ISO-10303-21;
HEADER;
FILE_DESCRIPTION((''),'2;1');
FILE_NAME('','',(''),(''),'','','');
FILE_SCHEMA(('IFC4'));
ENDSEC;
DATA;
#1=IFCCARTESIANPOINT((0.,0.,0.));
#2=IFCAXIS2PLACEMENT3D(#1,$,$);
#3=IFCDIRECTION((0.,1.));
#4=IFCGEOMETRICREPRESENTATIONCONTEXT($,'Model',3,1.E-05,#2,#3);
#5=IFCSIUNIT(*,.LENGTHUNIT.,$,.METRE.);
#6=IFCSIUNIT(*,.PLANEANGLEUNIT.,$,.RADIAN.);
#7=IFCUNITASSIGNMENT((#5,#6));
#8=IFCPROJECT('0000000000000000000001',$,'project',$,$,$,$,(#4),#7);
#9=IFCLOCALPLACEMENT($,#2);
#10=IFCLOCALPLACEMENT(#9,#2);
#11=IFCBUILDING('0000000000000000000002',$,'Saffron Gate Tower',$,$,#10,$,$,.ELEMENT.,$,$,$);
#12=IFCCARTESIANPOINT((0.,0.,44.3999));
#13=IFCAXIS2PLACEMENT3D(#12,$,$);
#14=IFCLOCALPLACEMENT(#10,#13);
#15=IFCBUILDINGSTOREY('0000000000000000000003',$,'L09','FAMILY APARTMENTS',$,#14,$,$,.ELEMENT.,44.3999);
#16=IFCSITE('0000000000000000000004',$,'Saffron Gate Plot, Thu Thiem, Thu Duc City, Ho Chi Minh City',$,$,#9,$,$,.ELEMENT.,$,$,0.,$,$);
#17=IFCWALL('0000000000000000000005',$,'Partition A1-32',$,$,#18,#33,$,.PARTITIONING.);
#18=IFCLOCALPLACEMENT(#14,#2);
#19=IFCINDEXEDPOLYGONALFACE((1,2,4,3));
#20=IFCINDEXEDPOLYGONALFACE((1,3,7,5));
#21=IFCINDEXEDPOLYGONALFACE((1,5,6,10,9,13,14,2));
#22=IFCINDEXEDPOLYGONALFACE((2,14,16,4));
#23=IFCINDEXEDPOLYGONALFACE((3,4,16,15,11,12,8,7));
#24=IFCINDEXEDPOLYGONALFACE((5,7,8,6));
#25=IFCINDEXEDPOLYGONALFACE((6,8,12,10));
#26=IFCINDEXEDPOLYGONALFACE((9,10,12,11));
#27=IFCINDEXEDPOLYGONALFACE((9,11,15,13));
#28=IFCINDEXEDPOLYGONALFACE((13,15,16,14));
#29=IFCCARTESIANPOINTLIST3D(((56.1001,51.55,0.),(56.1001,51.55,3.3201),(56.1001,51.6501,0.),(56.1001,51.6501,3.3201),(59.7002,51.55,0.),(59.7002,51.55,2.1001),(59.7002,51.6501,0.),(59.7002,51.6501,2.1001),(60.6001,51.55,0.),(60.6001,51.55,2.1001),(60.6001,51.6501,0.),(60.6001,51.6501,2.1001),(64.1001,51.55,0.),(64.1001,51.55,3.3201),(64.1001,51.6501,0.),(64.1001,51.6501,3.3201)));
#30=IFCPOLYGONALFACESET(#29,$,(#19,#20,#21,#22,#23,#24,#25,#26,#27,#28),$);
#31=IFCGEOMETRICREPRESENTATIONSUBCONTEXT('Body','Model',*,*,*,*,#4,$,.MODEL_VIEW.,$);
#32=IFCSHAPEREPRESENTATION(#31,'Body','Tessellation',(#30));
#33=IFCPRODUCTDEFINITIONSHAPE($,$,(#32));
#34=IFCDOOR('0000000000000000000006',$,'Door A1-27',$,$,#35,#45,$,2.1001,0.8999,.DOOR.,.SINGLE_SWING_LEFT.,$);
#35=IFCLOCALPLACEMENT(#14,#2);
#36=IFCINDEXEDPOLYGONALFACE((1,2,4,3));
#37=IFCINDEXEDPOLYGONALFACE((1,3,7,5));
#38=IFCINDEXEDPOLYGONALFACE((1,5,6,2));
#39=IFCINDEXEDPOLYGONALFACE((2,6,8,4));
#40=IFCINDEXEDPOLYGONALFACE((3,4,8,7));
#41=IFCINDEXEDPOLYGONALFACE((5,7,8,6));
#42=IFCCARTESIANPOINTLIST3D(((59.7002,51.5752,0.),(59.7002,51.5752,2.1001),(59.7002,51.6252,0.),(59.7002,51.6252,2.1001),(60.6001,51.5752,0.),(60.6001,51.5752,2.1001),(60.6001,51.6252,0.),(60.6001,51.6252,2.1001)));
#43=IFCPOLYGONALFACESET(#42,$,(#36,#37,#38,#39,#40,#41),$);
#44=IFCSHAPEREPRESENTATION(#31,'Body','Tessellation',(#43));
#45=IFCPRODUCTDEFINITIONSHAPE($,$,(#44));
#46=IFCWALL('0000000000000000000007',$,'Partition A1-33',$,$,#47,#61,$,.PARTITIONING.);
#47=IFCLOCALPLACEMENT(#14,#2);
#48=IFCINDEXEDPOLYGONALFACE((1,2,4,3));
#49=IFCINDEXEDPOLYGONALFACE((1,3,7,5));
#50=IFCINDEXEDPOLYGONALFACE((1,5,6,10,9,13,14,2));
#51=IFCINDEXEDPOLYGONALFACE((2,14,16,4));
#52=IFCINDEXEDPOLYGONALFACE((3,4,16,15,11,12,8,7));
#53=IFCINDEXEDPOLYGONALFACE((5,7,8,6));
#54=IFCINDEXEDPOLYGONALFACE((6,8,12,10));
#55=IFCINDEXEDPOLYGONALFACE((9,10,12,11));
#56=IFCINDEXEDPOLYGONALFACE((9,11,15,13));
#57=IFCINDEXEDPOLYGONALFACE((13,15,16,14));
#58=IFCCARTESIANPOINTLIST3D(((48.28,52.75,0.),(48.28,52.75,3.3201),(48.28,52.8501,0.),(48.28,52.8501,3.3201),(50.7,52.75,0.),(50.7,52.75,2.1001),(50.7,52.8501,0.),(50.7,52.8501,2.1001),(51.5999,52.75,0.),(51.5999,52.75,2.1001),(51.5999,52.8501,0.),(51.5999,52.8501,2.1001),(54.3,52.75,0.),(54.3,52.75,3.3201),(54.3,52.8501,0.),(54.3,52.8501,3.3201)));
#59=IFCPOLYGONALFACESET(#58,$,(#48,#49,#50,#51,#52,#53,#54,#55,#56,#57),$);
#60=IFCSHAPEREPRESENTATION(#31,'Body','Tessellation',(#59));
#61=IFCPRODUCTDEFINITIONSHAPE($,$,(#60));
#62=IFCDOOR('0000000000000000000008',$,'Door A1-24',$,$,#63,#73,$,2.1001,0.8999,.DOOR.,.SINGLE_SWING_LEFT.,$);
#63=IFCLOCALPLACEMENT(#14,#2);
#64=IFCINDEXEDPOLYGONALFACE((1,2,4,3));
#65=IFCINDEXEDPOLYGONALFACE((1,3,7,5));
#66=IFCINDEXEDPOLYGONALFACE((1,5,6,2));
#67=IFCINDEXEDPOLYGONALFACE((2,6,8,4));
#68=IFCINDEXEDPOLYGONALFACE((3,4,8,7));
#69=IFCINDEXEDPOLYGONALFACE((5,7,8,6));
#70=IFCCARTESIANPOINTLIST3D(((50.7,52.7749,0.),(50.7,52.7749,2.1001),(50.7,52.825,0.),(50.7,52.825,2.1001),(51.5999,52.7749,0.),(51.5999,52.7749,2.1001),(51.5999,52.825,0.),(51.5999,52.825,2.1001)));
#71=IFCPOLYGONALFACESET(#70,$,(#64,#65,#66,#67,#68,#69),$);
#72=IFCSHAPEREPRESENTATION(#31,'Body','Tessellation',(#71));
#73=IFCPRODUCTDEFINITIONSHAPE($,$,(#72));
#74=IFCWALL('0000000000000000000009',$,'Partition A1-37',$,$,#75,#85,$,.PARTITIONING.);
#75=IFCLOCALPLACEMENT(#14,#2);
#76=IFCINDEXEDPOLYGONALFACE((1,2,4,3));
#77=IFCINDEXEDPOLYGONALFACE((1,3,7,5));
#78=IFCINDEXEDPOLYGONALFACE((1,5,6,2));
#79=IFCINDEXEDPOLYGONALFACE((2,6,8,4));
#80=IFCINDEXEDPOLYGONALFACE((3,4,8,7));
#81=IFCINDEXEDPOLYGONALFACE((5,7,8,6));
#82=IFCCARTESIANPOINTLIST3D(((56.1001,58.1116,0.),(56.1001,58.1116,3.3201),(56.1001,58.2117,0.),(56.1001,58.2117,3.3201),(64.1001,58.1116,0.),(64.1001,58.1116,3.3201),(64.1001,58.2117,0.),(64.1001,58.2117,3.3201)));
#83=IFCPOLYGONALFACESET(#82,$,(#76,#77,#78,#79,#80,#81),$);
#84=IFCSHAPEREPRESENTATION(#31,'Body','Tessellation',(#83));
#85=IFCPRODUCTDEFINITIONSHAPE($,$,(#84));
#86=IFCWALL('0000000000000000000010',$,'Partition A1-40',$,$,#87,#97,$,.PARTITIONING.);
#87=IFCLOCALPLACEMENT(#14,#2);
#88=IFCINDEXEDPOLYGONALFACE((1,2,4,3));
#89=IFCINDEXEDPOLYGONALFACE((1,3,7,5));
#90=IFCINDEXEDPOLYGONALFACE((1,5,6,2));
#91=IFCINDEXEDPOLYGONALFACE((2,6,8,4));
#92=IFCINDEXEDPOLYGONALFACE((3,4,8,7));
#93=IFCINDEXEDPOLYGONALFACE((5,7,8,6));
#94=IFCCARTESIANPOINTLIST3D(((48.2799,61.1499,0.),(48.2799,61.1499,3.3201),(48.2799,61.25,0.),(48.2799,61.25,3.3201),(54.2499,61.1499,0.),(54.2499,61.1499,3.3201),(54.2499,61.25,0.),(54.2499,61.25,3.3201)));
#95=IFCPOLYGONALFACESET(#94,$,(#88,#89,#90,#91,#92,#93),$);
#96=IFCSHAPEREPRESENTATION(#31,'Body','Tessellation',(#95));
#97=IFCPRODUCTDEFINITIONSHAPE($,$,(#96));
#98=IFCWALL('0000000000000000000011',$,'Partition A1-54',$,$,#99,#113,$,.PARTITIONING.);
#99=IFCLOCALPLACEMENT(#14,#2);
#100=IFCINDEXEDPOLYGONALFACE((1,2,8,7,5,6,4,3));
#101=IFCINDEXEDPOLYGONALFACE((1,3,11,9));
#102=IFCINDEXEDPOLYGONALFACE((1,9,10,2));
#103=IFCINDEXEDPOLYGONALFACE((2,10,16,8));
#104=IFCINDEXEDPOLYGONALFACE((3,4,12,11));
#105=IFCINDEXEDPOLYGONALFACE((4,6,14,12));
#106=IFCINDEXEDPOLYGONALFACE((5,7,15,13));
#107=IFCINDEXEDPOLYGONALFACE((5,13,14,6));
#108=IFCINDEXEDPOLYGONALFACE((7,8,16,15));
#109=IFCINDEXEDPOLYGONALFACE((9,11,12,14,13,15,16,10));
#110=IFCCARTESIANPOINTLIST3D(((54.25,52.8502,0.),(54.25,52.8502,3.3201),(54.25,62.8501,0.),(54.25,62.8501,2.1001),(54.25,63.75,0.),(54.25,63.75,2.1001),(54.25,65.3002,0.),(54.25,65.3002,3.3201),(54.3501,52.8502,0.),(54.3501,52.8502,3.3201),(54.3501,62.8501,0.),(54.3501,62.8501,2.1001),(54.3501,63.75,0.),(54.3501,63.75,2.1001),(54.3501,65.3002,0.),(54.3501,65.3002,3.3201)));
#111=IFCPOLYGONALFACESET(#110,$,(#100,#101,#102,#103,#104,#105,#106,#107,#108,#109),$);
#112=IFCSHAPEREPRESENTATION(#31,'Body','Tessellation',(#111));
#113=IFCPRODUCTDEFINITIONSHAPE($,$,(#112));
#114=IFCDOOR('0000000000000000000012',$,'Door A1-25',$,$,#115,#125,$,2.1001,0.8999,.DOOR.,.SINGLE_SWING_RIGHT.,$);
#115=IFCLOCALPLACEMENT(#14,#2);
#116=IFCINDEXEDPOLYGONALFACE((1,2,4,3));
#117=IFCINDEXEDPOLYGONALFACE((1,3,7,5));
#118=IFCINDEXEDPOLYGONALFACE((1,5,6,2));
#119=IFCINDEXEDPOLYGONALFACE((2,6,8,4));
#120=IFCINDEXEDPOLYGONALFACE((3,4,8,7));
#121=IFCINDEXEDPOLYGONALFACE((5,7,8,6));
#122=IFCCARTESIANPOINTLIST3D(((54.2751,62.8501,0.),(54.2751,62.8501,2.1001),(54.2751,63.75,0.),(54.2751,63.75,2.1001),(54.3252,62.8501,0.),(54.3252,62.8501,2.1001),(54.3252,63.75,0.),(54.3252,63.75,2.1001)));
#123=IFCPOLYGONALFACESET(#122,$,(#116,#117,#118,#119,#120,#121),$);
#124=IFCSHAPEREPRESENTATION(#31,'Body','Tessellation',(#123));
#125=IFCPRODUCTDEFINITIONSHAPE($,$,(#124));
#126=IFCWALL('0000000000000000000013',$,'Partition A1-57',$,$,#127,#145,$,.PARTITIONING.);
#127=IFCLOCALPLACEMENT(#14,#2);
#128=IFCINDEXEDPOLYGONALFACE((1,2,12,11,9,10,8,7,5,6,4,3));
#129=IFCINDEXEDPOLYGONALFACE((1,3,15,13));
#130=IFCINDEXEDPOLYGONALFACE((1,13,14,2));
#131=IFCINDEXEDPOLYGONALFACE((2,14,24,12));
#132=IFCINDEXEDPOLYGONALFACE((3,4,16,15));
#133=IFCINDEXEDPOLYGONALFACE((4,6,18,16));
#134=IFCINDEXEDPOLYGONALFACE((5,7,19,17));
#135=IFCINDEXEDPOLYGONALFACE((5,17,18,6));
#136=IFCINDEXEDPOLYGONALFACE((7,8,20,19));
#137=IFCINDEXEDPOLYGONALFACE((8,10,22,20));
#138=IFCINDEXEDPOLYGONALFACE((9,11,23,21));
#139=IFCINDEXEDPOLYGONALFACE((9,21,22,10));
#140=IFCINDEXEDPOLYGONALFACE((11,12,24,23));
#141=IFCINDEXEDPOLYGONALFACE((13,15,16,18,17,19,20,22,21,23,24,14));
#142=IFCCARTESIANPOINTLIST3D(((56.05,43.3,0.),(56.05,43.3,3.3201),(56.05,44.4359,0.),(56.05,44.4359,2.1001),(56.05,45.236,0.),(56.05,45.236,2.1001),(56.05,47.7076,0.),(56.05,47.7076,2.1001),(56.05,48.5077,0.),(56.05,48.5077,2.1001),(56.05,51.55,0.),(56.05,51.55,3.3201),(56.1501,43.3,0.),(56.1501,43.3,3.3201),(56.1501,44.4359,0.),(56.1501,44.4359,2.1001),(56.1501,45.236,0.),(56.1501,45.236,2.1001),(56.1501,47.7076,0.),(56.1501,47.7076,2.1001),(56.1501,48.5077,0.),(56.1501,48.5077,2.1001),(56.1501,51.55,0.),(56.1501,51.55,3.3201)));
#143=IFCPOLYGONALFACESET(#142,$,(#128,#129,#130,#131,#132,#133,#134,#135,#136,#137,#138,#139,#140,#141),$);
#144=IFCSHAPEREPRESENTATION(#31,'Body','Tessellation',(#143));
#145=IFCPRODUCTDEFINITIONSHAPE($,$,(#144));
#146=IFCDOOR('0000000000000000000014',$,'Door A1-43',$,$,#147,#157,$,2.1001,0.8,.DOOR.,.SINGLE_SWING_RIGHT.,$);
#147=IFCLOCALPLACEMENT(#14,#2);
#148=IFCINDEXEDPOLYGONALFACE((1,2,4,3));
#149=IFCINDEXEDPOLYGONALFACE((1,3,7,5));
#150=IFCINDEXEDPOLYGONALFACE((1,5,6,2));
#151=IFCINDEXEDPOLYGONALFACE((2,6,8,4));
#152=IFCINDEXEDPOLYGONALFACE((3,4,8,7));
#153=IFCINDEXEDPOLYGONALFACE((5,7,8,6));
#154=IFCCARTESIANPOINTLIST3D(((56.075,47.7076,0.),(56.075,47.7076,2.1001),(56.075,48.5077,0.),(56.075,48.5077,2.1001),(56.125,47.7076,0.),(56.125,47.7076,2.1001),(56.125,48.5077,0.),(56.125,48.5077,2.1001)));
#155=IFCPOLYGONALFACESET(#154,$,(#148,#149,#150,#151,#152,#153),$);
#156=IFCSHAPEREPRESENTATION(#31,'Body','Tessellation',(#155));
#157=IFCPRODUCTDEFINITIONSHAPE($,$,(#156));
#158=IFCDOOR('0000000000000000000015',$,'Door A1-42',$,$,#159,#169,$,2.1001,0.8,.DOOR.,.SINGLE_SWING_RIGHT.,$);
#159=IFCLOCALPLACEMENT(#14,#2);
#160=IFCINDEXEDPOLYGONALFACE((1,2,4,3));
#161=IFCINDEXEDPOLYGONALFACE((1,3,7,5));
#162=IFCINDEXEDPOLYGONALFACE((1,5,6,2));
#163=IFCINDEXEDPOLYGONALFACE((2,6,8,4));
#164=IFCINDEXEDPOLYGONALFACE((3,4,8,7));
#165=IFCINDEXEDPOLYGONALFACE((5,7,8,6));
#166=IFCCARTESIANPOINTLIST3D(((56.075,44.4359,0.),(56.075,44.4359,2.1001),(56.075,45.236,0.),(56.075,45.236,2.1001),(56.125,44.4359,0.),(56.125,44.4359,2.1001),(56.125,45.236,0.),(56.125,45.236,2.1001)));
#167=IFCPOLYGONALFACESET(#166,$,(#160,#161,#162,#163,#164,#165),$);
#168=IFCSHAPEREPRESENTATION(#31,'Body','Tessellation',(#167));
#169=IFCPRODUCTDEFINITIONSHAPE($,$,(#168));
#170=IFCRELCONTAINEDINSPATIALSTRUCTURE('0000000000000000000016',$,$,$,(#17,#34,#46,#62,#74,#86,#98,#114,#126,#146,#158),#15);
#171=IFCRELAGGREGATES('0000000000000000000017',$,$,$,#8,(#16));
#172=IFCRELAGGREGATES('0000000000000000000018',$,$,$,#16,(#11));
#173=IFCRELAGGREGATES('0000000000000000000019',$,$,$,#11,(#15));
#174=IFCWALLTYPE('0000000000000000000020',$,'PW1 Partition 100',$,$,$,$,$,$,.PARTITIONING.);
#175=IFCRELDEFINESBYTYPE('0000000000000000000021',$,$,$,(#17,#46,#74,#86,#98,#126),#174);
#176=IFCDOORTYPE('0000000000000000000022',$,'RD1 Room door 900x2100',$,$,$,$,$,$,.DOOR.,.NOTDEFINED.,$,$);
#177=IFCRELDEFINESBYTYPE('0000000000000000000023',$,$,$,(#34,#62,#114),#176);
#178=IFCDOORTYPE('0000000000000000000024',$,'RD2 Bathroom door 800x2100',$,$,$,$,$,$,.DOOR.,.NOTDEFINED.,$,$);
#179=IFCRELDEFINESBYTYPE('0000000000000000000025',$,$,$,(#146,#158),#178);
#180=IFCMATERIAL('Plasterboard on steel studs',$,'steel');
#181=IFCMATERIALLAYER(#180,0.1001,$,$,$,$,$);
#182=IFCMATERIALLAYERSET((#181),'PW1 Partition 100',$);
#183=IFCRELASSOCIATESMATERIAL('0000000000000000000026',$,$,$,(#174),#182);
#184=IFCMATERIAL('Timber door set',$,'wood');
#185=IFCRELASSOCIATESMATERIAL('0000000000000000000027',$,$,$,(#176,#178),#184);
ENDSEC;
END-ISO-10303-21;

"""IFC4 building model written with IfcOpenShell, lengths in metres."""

from ifc_helpers import new_model, si_unit, direction, frame, frame_2d, origin, place, context, subcontext, project, spatial, rectangle, extrude, material, layer, layer_set, type_object, element, fill, save


model = new_model("IFC4")

# Units and contexts
model_context = context("Model", 3, precision=1e-05, world=origin(), true_north=direction((0.0, 1.0)))
body_context = subcontext(model_context, "Body", "Model", "MODEL_VIEW")
ifc_project = project(units=[si_unit("LENGTHUNIT", "METRE"), si_unit("PLANEANGLEUNIT", "RADIAN")], contexts=[model_context])

# Site, building, storey
site_placement = place(None, origin())
site = spatial("IfcSite", under=ifc_project, at=site_placement, Name="Saffron Gate Plot, Thu Thiem, Thu Duc City, Ho Chi Minh City", CompositionType="ELEMENT", RefElevation=0.0)
building_placement = place(site_placement, origin())
building = spatial("IfcBuilding", under=site, at=building_placement, Name="Saffron Gate Tower", CompositionType="ELEMENT")
storey_placement = place(building_placement, frame((0.0, 0.0, 44.3999)))
storey = spatial("IfcBuildingStorey", under=building, at=storey_placement, Name="L09", Description="FAMILY APARTMENTS", CompositionType="ELEMENT", Elevation=44.3999)

# Shared definitions
ifc_material_1 = material(Name="Plasterboard on steel studs", Category="steel")
ifc_layer = layer(ifc_material_1, 0.1001)
ifc_layer_set = layer_set([ifc_layer], Name="PW1 Partition 100")
wall_type = type_object("IfcWallType", Name="PW1 Partition 100", PredefinedType="PARTITIONING", material=ifc_layer_set)

# Walls, openings, doors
wall_1_placement = place(storey_placement, frame((64.1001, 51.6001, 0.0), z_axis=(0.0, 0.0, 1.0), x_axis=(-1.0, 0.0, 0.0)))
wall_1 = element("IfcWall", 1, at=wall_1_placement, inside=storey, type_object=wall_type, Name="Partition A1-32", PredefinedType="PARTITIONING", context=body_context, shape_type="SweptSolid", body=[
    extrude(rectangle(XDim=8.0, YDim=0.1001, at=frame_2d((4.0, 0.0))), origin(), (0.0, 0.0, 1.0), 3.3201),
])
opening_1_placement = place(wall_1_placement, frame((3.5, 0.0, 0.0)))
opening_1 = element("IfcOpeningElement", 2, at=opening_1_placement, cuts=wall_1, PredefinedType="OPENING", context=body_context, shape_type="SweptSolid", body=[
    extrude(rectangle(XDim=0.8999, YDim=2.1001, at=frame_2d((0.45, 1.05))), frame((0.0, 0.0601, 0.0), z_axis=(0.0, -1.0, 0.0), x_axis=(1.0, 0.0, 0.0)), (0.0, 0.0, 1.0), 0.1201),
])
ifc_material_2 = material(Name="Timber door set", Category="wood")
door_type_1 = type_object("IfcDoorType", Name="RD1 Room door 900x2100", OperationType="NOTDEFINED", PredefinedType="DOOR", material=ifc_material_2)
door_1_placement = place(opening_1_placement, origin())
door_1 = element("IfcDoor", 3, at=door_1_placement, inside=storey, type_object=door_type_1, Name="Door A1-27", OperationType="SINGLE_SWING_LEFT", OverallHeight=2.1001, OverallWidth=0.8999, PredefinedType="DOOR", context=body_context, shape_type="SweptSolid", body=[
    extrude(rectangle(XDim=0.8999, YDim=2.1001, at=frame_2d((0.45, 1.05))), frame((0.0, 0.0249, 0.0), z_axis=(0.0, -1.0, 0.0), x_axis=(1.0, 0.0, 0.0)), (0.0, 0.0, 1.0), 0.05),
])
fill(opening_1, door_1)
wall_2_placement = place(storey_placement, frame((48.28, 52.8, 0.0), z_axis=(0.0, 0.0, 1.0), x_axis=(1.0, 0.0, 0.0)))
wall_2 = element("IfcWall", 4, at=wall_2_placement, inside=storey, type_object=wall_type, Name="Partition A1-33", PredefinedType="PARTITIONING", context=body_context, shape_type="SweptSolid", body=[
    extrude(rectangle(XDim=6.02, YDim=0.1001, at=frame_2d((3.01, 0.0))), origin(), (0.0, 0.0, 1.0), 3.3201),
])
opening_2_placement = place(wall_2_placement, frame((2.4199, 0.0, 0.0)))
opening_2 = element("IfcOpeningElement", 5, at=opening_2_placement, cuts=wall_2, PredefinedType="OPENING", context=body_context, shape_type="SweptSolid", body=[
    extrude(rectangle(XDim=0.8999, YDim=2.1001, at=frame_2d((0.45, 1.05))), frame((0.0, 0.0601, 0.0), z_axis=(0.0, -1.0, 0.0), x_axis=(1.0, 0.0, 0.0)), (0.0, 0.0, 1.0), 0.1201),
])
door_2_placement = place(opening_2_placement, origin())
door_2 = element("IfcDoor", 6, at=door_2_placement, inside=storey, type_object=door_type_1, Name="Door A1-24", OperationType="SINGLE_SWING_LEFT", OverallHeight=2.1001, OverallWidth=0.8999, PredefinedType="DOOR", context=body_context, shape_type="SweptSolid", body=[
    extrude(rectangle(XDim=0.8999, YDim=2.1001, at=frame_2d((0.45, 1.05))), frame((0.0, 0.0249, 0.0), z_axis=(0.0, -1.0, 0.0), x_axis=(1.0, 0.0, 0.0)), (0.0, 0.0, 1.0), 0.05),
])
fill(opening_2, door_2)

# Walls
wall_3_placement = place(storey_placement, frame((56.1001, 58.1616, 0.0), z_axis=(0.0, 0.0, 1.0), x_axis=(1.0, 0.0, 0.0)))
element("IfcWall", 7, at=wall_3_placement, inside=storey, type_object=wall_type, Name="Partition A1-37", PredefinedType="PARTITIONING", context=body_context, shape_type="SweptSolid", body=[
    extrude(rectangle(XDim=8.0, YDim=0.1001, at=frame_2d((4.0, 0.0))), origin(), (0.0, 0.0, 1.0), 3.3201),
])
wall_4_placement = place(storey_placement, frame((48.28, 61.2, 0.0), z_axis=(0.0, 0.0, 1.0), x_axis=(1.0, 0.0, 0.0)))
element("IfcWall", 8, at=wall_4_placement, inside=storey, type_object=wall_type, Name="Partition A1-40", PredefinedType="PARTITIONING", context=body_context, shape_type="SweptSolid", body=[
    extrude(rectangle(XDim=5.97, YDim=0.1001, at=frame_2d((2.9849, 0.0))), origin(), (0.0, 0.0, 1.0), 3.3201),
])

# Wall, opening, door
wall_5_placement = place(storey_placement, frame((54.3, 52.8501, 0.0), z_axis=(0.0, 0.0, 1.0), x_axis=(0.0, 1.0, 0.0)))
wall_5 = element("IfcWall", 9, at=wall_5_placement, inside=storey, type_object=wall_type, Name="Partition A1-54", PredefinedType="PARTITIONING", context=body_context, shape_type="SweptSolid", body=[
    extrude(rectangle(XDim=12.45, YDim=0.1001, at=frame_2d((6.2251, 0.0))), origin(), (0.0, 0.0, 1.0), 3.3201),
])
opening_3_placement = place(wall_5_placement, frame((10.0, 0.0, 0.0)))
opening_3 = element("IfcOpeningElement", 10, at=opening_3_placement, cuts=wall_5, PredefinedType="OPENING", context=body_context, shape_type="SweptSolid", body=[
    extrude(rectangle(XDim=0.8999, YDim=2.1001, at=frame_2d((0.45, 1.05))), frame((0.0, 0.0601, 0.0), z_axis=(0.0, -1.0, 0.0), x_axis=(1.0, 0.0, 0.0)), (0.0, 0.0, 1.0), 0.1201),
])
door_3_placement = place(opening_3_placement, origin())
door_3 = element("IfcDoor", 11, at=door_3_placement, inside=storey, type_object=door_type_1, Name="Door A1-25", OperationType="SINGLE_SWING_RIGHT", OverallHeight=2.1001, OverallWidth=0.8999, PredefinedType="DOOR", context=body_context, shape_type="SweptSolid", body=[
    extrude(rectangle(XDim=0.8999, YDim=2.1001, at=frame_2d((0.45, 1.05))), frame((0.0, 0.0249, 0.0), z_axis=(0.0, -1.0, 0.0), x_axis=(1.0, 0.0, 0.0)), (0.0, 0.0, 1.0), 0.05),
])
fill(opening_3, door_3)

# Wall, openings, doors
wall_6_placement = place(storey_placement, frame((56.1001, 51.55, 0.0), z_axis=(0.0, 0.0, 1.0), x_axis=(0.0, -1.0, 0.0)))
wall_6 = element("IfcWall", 12, at=wall_6_placement, inside=storey, type_object=wall_type, Name="Partition A1-57", PredefinedType="PARTITIONING", context=body_context, shape_type="SweptSolid", body=[
    extrude(rectangle(XDim=8.25, YDim=0.1001, at=frame_2d((4.125, 0.0))), origin(), (0.0, 0.0, 1.0), 3.3201),
])
opening_4_placement = place(wall_6_placement, frame((3.0425, 0.0, 0.0)))
opening_4 = element("IfcOpeningElement", 13, at=opening_4_placement, cuts=wall_6, PredefinedType="OPENING", context=body_context, shape_type="SweptSolid", body=[
    extrude(rectangle(XDim=0.8, YDim=2.1001, at=frame_2d((0.3999, 1.05))), frame((0.0, 0.0601, 0.0), z_axis=(0.0, -1.0, 0.0), x_axis=(1.0, 0.0, 0.0)), (0.0, 0.0, 1.0), 0.1201),
])
opening_5_placement = place(wall_6_placement, frame((6.3142, 0.0, 0.0)))
opening_5 = element("IfcOpeningElement", 14, at=opening_5_placement, cuts=wall_6, PredefinedType="OPENING", context=body_context, shape_type="SweptSolid", body=[
    extrude(rectangle(XDim=0.8, YDim=2.1001, at=frame_2d((0.3999, 1.05))), frame((0.0, 0.0601, 0.0), z_axis=(0.0, -1.0, 0.0), x_axis=(1.0, 0.0, 0.0)), (0.0, 0.0, 1.0), 0.1201),
])
door_type_2 = type_object("IfcDoorType", Name="RD2 Bathroom door 800x2100", OperationType="NOTDEFINED", PredefinedType="DOOR", material=ifc_material_2)
door_4_placement = place(opening_4_placement, origin())
door_4 = element("IfcDoor", 15, at=door_4_placement, inside=storey, type_object=door_type_2, Name="Door A1-43", OperationType="SINGLE_SWING_RIGHT", OverallHeight=2.1001, OverallWidth=0.8, PredefinedType="DOOR", context=body_context, shape_type="SweptSolid", body=[
    extrude(rectangle(XDim=0.8, YDim=2.1001, at=frame_2d((0.3999, 1.05))), frame((0.0, 0.0249, 0.0), z_axis=(0.0, -1.0, 0.0), x_axis=(1.0, 0.0, 0.0)), (0.0, 0.0, 1.0), 0.05),
])
fill(opening_4, door_4)
door_5_placement = place(opening_5_placement, origin())
door_5 = element("IfcDoor", 16, at=door_5_placement, inside=storey, type_object=door_type_2, Name="Door A1-42", OperationType="SINGLE_SWING_RIGHT", OverallHeight=2.1001, OverallWidth=0.8, PredefinedType="DOOR", context=body_context, shape_type="SweptSolid", body=[
    extrude(rectangle(XDim=0.8, YDim=2.1001, at=frame_2d((0.3999, 1.05))), frame((0.0, 0.0249, 0.0), z_axis=(0.0, -1.0, 0.0), x_axis=(1.0, 0.0, 0.0)), (0.0, 0.0, 1.0), 0.05),
])
fill(opening_5, door_5)

save(model, "model.ifc")
